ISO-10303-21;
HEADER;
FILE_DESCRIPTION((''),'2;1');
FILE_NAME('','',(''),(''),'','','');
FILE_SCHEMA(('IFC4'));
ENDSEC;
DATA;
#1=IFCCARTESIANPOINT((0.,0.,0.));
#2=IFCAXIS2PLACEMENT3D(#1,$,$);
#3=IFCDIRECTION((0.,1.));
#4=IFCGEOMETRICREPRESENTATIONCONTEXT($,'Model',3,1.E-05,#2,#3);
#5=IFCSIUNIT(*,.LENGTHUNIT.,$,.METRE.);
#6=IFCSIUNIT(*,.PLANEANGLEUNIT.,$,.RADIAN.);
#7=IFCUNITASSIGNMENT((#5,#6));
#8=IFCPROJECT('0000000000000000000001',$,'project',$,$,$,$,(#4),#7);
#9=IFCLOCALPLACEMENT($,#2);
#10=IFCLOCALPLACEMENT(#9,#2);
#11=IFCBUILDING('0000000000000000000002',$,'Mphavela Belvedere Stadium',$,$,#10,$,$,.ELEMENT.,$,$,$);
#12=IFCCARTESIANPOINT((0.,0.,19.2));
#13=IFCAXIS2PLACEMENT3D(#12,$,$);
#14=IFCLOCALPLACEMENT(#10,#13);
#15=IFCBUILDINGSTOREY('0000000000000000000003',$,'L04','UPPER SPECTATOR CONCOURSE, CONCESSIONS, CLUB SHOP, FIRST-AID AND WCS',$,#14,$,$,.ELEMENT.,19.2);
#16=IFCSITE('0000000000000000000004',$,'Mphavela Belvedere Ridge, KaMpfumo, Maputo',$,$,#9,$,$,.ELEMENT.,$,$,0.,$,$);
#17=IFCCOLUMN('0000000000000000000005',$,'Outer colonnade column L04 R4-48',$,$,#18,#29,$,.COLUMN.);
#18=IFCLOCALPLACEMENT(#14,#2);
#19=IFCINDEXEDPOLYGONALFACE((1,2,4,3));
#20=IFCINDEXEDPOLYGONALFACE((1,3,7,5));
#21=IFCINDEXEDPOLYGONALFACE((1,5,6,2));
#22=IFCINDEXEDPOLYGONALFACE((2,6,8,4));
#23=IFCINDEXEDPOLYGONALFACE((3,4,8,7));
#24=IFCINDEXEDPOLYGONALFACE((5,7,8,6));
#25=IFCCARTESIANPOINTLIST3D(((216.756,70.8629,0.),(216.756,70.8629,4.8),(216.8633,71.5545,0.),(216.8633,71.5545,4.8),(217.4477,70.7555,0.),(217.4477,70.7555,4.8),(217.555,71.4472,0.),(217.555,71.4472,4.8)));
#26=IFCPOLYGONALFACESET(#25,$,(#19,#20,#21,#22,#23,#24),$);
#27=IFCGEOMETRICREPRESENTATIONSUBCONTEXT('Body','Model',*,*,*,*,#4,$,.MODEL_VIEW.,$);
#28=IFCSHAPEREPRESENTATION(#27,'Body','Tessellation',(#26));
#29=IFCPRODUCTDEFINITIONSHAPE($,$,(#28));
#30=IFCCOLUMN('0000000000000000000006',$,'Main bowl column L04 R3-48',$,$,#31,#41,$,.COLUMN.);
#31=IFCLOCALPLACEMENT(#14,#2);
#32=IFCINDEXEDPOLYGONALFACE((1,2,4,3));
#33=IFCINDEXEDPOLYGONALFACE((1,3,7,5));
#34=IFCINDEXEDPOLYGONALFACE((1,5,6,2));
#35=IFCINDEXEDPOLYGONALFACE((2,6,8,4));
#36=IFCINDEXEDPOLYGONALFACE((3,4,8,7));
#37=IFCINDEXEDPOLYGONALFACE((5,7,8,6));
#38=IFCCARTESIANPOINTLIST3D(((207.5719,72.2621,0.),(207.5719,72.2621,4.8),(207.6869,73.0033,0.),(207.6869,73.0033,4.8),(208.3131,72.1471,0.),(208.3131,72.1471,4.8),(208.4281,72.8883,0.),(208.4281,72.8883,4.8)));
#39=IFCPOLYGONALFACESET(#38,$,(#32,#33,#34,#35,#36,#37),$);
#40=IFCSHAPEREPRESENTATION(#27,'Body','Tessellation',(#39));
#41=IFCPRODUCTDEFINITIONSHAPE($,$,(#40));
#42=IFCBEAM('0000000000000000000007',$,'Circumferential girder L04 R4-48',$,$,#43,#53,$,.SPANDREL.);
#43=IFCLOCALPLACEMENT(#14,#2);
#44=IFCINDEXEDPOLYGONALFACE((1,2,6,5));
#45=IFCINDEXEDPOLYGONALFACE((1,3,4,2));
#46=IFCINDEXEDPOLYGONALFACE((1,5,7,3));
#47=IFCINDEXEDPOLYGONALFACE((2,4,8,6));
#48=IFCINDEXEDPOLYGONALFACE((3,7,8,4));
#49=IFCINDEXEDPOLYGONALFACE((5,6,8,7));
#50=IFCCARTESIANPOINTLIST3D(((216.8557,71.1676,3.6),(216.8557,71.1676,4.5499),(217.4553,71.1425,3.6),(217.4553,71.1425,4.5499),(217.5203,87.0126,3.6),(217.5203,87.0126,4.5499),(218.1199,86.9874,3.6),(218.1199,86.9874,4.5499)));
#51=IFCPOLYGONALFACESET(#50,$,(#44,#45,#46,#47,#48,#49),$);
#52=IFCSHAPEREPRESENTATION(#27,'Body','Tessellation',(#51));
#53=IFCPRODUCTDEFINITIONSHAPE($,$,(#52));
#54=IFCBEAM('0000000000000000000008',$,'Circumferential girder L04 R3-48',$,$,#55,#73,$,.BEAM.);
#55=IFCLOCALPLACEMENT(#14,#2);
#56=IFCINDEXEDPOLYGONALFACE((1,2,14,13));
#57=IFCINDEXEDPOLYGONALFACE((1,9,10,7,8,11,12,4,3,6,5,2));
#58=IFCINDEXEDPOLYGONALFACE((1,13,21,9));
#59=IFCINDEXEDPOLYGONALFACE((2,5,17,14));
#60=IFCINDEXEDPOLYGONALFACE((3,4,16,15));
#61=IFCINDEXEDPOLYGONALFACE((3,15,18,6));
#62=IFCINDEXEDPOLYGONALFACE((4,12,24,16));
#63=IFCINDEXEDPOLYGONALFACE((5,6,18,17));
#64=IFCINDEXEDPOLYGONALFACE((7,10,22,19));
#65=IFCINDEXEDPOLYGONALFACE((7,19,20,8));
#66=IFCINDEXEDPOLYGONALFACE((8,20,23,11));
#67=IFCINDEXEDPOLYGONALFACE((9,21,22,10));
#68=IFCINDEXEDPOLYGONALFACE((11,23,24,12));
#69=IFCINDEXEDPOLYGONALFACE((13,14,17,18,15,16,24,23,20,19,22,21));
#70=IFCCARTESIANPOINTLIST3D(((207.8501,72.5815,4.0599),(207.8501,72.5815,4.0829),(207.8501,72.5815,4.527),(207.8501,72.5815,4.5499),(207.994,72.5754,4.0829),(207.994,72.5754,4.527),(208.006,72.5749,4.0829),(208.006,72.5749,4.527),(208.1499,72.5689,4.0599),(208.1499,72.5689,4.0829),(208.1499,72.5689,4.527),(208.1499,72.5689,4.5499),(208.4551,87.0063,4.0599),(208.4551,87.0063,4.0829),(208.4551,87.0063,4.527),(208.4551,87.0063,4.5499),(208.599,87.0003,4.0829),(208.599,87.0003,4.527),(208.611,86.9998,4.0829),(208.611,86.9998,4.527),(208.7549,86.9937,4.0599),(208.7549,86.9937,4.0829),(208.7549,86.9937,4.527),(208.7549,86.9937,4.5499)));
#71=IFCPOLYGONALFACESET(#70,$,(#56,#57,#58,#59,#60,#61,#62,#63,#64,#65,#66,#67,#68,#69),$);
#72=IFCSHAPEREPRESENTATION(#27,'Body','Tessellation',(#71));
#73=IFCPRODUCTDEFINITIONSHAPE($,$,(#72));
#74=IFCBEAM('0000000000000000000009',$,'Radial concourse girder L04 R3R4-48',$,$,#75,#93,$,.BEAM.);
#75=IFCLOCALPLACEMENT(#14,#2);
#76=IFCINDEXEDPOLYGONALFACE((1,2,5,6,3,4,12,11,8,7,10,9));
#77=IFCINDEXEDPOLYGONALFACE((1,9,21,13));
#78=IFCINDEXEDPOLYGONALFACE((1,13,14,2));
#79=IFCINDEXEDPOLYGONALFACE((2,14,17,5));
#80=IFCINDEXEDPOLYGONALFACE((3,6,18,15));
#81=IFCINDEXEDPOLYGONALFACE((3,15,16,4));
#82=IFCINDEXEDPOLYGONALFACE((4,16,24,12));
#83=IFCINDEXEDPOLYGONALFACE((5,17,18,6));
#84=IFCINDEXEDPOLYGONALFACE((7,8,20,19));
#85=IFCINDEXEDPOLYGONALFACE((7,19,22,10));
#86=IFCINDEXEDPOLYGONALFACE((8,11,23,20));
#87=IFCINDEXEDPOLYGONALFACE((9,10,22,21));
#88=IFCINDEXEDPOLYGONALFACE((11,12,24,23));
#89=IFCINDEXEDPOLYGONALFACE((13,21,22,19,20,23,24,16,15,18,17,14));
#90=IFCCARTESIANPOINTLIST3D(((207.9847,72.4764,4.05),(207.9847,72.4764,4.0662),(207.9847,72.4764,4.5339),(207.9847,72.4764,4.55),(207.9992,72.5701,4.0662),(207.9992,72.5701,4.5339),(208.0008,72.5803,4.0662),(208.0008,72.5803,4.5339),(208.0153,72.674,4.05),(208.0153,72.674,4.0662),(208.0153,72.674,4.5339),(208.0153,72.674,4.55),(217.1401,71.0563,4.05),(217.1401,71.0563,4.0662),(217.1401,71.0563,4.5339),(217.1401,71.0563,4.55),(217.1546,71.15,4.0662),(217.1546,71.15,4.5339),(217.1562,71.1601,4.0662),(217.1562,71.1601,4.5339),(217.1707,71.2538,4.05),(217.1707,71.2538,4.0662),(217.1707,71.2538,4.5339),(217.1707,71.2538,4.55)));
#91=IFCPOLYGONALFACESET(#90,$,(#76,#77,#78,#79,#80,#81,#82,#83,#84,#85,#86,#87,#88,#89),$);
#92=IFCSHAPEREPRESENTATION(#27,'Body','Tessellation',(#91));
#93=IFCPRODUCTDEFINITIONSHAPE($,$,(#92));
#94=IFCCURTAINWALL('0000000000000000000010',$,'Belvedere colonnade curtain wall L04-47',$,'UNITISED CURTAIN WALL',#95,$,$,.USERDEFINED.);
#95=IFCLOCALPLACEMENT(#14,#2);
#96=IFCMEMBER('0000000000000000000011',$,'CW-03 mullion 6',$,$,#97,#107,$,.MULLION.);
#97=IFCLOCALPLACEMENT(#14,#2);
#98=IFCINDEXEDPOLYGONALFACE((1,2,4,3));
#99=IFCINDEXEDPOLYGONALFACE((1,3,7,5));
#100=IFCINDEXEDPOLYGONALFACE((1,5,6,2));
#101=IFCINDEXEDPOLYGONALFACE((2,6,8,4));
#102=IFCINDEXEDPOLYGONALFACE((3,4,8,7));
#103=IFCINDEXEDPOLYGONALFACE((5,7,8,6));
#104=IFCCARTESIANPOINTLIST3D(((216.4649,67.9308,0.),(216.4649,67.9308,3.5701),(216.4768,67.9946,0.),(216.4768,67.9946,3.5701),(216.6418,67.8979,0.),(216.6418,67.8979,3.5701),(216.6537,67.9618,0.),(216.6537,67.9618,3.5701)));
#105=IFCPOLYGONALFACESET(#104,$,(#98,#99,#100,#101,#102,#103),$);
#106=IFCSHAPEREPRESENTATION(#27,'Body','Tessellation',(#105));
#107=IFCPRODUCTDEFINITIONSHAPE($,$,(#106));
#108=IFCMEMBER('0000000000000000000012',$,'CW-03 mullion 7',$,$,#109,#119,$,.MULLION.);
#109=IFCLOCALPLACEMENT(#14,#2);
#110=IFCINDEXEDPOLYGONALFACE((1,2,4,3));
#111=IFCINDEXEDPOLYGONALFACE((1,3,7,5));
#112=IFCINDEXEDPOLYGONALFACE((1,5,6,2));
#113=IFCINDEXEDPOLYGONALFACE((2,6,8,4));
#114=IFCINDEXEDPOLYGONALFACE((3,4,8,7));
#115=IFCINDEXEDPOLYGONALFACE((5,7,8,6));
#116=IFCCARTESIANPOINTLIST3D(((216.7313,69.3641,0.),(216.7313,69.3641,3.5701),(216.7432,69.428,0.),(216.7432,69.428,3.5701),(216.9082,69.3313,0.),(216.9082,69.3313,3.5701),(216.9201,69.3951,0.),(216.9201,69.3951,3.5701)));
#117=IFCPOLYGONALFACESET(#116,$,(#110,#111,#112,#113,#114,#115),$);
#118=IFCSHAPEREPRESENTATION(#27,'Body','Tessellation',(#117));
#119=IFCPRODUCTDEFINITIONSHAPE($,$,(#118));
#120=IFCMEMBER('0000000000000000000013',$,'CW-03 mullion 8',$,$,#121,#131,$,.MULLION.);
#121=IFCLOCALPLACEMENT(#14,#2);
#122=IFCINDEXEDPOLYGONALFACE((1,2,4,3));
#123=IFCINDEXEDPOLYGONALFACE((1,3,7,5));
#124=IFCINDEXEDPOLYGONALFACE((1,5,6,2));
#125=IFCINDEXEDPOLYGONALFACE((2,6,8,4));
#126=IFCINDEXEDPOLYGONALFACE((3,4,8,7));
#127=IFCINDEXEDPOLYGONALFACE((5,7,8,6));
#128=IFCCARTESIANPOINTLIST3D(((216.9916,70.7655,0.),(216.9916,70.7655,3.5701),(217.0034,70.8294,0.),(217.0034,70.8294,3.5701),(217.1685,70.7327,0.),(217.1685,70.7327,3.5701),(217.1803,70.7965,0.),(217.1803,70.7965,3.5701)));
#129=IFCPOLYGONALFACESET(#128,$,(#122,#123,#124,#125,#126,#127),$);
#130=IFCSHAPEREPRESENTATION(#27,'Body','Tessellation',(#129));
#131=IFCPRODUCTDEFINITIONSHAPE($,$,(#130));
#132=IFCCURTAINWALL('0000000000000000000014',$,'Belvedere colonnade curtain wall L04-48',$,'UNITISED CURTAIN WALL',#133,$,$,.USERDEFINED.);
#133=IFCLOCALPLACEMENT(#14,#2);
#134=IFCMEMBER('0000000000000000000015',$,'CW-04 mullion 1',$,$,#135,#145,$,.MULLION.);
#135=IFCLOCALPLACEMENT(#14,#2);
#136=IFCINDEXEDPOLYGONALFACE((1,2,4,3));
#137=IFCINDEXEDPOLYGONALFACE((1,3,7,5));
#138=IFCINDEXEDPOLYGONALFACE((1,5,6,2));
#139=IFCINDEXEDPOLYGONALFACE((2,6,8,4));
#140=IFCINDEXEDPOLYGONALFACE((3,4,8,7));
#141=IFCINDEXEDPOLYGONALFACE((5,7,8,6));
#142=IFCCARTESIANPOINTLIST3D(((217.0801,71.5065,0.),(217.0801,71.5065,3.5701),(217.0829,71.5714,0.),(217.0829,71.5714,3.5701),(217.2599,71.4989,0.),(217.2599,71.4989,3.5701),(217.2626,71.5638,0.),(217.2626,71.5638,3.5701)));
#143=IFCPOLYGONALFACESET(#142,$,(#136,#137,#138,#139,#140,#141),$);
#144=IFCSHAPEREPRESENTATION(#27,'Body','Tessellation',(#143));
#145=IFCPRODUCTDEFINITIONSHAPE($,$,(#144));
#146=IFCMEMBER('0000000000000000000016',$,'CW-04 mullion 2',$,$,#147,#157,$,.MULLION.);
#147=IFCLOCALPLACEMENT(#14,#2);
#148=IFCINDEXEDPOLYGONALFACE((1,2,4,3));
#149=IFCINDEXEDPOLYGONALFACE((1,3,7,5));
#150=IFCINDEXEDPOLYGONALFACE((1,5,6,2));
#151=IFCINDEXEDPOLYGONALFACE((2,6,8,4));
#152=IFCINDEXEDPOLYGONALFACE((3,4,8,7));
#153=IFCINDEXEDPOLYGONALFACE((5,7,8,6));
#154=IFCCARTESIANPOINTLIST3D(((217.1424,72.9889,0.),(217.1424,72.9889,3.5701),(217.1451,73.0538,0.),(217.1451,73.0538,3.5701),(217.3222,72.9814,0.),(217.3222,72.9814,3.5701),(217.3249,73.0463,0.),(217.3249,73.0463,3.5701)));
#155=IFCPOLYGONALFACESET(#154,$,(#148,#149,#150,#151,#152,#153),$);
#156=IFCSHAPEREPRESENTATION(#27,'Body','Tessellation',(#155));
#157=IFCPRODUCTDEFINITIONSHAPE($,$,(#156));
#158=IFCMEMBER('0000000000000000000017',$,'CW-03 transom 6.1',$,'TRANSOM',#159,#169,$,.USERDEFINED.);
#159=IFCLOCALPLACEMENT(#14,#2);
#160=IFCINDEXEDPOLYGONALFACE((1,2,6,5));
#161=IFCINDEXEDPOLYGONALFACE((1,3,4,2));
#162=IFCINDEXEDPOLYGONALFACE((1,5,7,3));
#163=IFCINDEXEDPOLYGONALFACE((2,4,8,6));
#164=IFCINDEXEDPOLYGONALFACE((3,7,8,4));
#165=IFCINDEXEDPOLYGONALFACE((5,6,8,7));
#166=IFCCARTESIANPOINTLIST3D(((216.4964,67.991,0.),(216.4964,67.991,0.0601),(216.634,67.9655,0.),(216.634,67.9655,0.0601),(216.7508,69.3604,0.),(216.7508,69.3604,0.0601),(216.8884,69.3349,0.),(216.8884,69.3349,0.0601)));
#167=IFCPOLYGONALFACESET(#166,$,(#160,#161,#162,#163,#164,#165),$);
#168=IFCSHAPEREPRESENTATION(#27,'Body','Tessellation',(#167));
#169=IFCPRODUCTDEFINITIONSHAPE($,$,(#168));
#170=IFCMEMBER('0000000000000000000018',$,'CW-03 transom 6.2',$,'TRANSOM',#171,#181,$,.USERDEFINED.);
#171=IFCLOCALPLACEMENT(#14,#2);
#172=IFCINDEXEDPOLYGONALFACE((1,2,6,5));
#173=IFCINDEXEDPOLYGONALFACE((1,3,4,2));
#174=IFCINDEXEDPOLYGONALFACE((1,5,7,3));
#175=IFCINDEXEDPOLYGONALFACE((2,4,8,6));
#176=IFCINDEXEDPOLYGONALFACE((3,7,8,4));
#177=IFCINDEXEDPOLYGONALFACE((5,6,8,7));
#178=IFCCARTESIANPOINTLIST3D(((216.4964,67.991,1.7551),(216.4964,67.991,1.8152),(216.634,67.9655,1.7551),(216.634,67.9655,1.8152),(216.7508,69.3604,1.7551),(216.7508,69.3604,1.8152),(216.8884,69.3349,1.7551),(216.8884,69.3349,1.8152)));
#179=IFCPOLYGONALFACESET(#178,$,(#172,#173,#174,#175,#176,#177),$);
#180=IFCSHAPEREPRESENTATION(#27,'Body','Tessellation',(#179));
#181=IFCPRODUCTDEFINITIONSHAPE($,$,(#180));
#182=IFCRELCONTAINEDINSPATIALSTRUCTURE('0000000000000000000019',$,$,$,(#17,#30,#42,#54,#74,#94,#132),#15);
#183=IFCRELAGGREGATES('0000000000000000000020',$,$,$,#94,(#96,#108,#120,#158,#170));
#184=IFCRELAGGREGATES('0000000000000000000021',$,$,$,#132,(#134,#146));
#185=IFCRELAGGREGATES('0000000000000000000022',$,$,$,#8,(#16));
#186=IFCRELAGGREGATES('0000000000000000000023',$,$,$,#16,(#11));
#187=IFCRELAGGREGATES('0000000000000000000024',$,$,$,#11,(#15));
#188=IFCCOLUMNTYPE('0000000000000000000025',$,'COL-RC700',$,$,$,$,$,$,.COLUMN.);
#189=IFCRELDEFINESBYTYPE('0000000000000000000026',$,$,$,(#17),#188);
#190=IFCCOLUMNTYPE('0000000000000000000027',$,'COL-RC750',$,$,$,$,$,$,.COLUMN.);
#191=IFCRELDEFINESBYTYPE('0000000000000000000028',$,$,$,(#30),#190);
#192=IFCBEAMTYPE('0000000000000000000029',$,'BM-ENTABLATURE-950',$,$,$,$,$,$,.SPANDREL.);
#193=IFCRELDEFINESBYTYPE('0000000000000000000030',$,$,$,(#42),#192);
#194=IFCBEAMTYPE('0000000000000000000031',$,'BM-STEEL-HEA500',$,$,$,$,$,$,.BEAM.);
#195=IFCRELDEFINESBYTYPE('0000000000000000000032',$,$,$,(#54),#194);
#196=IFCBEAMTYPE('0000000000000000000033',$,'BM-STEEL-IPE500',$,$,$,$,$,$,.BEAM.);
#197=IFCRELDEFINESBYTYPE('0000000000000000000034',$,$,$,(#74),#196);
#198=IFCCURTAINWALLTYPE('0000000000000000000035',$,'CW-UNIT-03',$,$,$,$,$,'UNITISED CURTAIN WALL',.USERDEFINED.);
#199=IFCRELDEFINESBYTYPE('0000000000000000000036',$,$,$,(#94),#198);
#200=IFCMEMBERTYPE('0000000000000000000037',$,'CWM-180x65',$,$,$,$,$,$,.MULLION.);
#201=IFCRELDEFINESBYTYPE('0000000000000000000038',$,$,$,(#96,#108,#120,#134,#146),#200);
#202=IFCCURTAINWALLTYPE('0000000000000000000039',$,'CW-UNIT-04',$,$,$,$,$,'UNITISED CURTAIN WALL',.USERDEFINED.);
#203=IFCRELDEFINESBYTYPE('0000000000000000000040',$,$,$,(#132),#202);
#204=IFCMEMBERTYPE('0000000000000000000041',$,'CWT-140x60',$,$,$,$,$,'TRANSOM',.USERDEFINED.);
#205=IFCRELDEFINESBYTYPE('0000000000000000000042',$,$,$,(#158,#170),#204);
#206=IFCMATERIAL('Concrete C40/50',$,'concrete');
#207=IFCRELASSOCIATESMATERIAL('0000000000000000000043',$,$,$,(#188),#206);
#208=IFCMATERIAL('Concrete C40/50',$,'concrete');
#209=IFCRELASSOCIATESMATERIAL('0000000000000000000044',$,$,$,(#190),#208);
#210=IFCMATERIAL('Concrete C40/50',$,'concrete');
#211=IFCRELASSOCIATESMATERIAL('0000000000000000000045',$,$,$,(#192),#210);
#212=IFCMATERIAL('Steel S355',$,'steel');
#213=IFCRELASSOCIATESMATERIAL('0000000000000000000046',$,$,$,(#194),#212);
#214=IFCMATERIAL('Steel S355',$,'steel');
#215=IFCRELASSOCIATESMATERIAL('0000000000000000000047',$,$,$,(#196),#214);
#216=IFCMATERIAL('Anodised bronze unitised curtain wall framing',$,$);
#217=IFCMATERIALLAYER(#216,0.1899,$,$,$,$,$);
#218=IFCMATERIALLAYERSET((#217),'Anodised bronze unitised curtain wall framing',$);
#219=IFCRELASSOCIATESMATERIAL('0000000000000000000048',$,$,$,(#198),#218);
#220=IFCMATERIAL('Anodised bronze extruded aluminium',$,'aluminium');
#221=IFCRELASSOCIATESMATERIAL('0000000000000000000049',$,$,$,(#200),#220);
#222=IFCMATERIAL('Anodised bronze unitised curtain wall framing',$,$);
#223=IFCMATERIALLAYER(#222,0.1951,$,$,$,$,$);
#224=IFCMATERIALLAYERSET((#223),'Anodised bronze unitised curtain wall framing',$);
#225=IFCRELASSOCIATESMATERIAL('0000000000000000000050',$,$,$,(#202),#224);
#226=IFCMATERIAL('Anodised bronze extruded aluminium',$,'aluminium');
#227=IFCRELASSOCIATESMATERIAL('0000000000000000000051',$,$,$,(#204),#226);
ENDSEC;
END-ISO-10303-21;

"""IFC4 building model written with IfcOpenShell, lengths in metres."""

from ifc_helpers import new_model, si_unit, direction, frame, origin, origin_2d, place, context, subcontext, project, spatial, rectangle, i_section, extrude, material, layer, layer_set, material_profile, profile_set, type_object, element, aggregate, save


model = new_model("IFC4")

# Units and contexts
model_context = context("Model", 3, precision=1e-05, world=origin(), true_north=direction((0.0, 1.0)))
body_context = subcontext(model_context, "Body", "Model", "MODEL_VIEW")
ifc_project = project(units=[si_unit("LENGTHUNIT", "METRE"), si_unit("PLANEANGLEUNIT", "RADIAN")], contexts=[model_context])

# Site, building, storey
site_placement = place(None, origin())
site = spatial("IfcSite", under=ifc_project, at=site_placement, Name="Mphavela Belvedere Ridge, KaMpfumo, Maputo", CompositionType="ELEMENT", RefElevation=0.0)
building_placement = place(site_placement, origin())
building = spatial("IfcBuilding", under=site, at=building_placement, Name="Mphavela Belvedere Stadium", CompositionType="ELEMENT")
storey_placement = place(building_placement, frame((0.0, 0.0, 19.2)))
storey = spatial("IfcBuildingStorey", under=building, at=storey_placement, Name="L04", Description="UPPER SPECTATOR CONCOURSE, CONCESSIONS, CLUB SHOP, FIRST-AID AND WCS", CompositionType="ELEMENT", Elevation=19.2)

# Columns
ifc_material_1 = material(Name="Concrete C40/50", Category="concrete")
ifc_material_profile_1 = material_profile(ifc_material_1, rectangle(XDim=0.7, YDim=0.7, at=origin_2d()), Name="RC 700x700")
ifc_profile_set_1 = profile_set([ifc_material_profile_1], Name="Concrete C40/50")
column_type_1 = type_object("IfcColumnType", Name="COL-RC700", PredefinedType="COLUMN", material=ifc_profile_set_1)
column_1_placement = place(storey_placement, frame((217.1555, 71.155, 0.0), z_axis=(0.0, 0.0, 1.0), x_axis=(0.988175, -0.153331, 0.0)))
element("IfcColumn", 1, at=column_1_placement, inside=storey, type_object=column_type_1, Name="Outer colonnade column L04 R4-48", PredefinedType="COLUMN", context=body_context, shape_type="SweptSolid", body=[
    extrude(rectangle(XDim=0.7, YDim=0.7, at=origin_2d()), origin(), (0.0, 0.0, 1.0), 4.8),
])
ifc_material_2 = material(Name="Concrete C40/50", Category="concrete")
ifc_material_profile_2 = material_profile(ifc_material_2, rectangle(XDim=0.75, YDim=0.75, at=origin_2d()), Name="RC 750x750")
ifc_profile_set_2 = profile_set([ifc_material_profile_2], Name="Concrete C40/50")
column_type_2 = type_object("IfcColumnType", Name="COL-RC750", PredefinedType="COLUMN", material=ifc_profile_set_2)
column_2_placement = place(storey_placement, frame((208.0, 72.5752, 0.0), z_axis=(0.0, 0.0, 1.0), x_axis=(0.988175, -0.153331, 0.0)))
element("IfcColumn", 2, at=column_2_placement, inside=storey, type_object=column_type_2, Name="Main bowl column L04 R3-48", PredefinedType="COLUMN", context=body_context, shape_type="SweptSolid", body=[
    extrude(rectangle(XDim=0.75, YDim=0.75, at=origin_2d()), origin(), (0.0, 0.0, 1.0), 4.8),
])

# Beams
ifc_material_3 = material(Name="Concrete C40/50", Category="concrete")
ifc_material_profile_3 = material_profile(ifc_material_3, rectangle(XDim=0.6001, YDim=0.95, at=origin_2d()), Name="RC 600x950")
ifc_profile_set_3 = profile_set([ifc_material_profile_3], Name="Concrete C40/50")
beam_type_1 = type_object("IfcBeamType", Name="BM-ENTABLATURE-950", PredefinedType="SPANDREL", material=ifc_profile_set_3)
beam_1_placement = place(storey_placement, frame((217.1555, 71.155, 4.075), z_axis=(0.041904, 0.999122, 0.0), x_axis=(-0.999122, 0.041904, 0.0)))
element("IfcBeam", 3, at=beam_1_placement, inside=storey, type_object=beam_type_1, Name="Circumferential girder L04 R4-48", PredefinedType="SPANDREL", context=body_context, shape_type="SweptSolid", body=[
    extrude(rectangle(XDim=0.6001, YDim=0.95, at=origin_2d()), origin(), (0.0, 0.0, 1.0), 15.8589),
])
ifc_material_4 = material(Name="Steel S355", Category="steel")
ifc_material_profile_4 = material_profile(ifc_material_4, i_section(OverallWidth=0.3, OverallDepth=0.49, WebThickness=0.012, FlangeThickness=0.0229, at=origin_2d()), Name="HEA 500")
ifc_profile_set_4 = profile_set([ifc_material_profile_4], Name="Steel S355")
beam_type_2 = type_object("IfcBeamType", Name="BM-STEEL-HEA500", PredefinedType="BEAM", material=ifc_profile_set_4)
beam_2_placement = place(storey_placement, frame((208.0, 72.5752, 4.3049), z_axis=(0.041903, 0.999122, 0.0), x_axis=(-0.999122, 0.041903, 0.0)))
element("IfcBeam", 4, at=beam_2_placement, inside=storey, type_object=beam_type_2, Name="Circumferential girder L04 R3-48", PredefinedType="BEAM", context=body_context, shape_type="SweptSolid", body=[
    extrude(i_section(OverallWidth=0.3, OverallDepth=0.49, WebThickness=0.012, FlangeThickness=0.0229, at=origin_2d()), origin(), (0.0, 0.0, 1.0), 14.4375),
])
ifc_material_5 = material(Name="Steel S355", Category="steel")
ifc_material_profile_5 = material_profile(ifc_material_5, i_section(OverallWidth=0.2, OverallDepth=0.5, WebThickness=0.0103, FlangeThickness=0.0161, at=origin_2d()), Name="IPE 500")
ifc_profile_set_5 = profile_set([ifc_material_profile_5], Name="Steel S355")
beam_type_3 = type_object("IfcBeamType", Name="BM-STEEL-IPE500", PredefinedType="BEAM", material=ifc_profile_set_5)
beam_3_placement = place(storey_placement, frame((208.0, 72.5752, 4.3), z_axis=(0.988182, -0.153283, 0.0), x_axis=(0.153283, 0.988182, 0.0)))
element("IfcBeam", 5, at=beam_3_placement, inside=storey, type_object=beam_type_3, Name="Radial concourse girder L04 R3R4-48", PredefinedType="BEAM", context=body_context, shape_type="SweptSolid", body=[
    extrude(i_section(OverallWidth=0.2, OverallDepth=0.5, WebThickness=0.0103, FlangeThickness=0.0161, at=origin_2d()), origin(), (0.0, 0.0, 1.0), 9.2649),
])

# Curtain walls, members
ifc_material_6 = material(Name="Anodised bronze unitised curtain wall framing")
ifc_layer_1 = layer(ifc_material_6, 0.1899)
ifc_layer_set_1 = layer_set([ifc_layer_1], Name="Anodised bronze unitised curtain wall framing")
curtain_wall_type_1 = type_object("IfcCurtainWallType", Name="CW-UNIT-03", ElementType="UNITISED CURTAIN WALL", PredefinedType="USERDEFINED", material=ifc_layer_set_1)
curtain_wall_1_placement = place(storey_placement, origin())
curtain_wall_1 = element("IfcCurtainWall", 6, at=curtain_wall_1_placement, inside=storey, type_object=curtain_wall_type_1, Name="Belvedere colonnade curtain wall L04-47", ObjectType="UNITISED CURTAIN WALL", PredefinedType="USERDEFINED")
ifc_material_7 = material(Name="Anodised bronze extruded aluminium", Category="aluminium")
ifc_material_profile_6 = material_profile(ifc_material_7, rectangle(XDim=0.1799, YDim=0.0649, at=origin_2d()), Name="CW-MUL 180x65")
ifc_profile_set_6 = profile_set([ifc_material_profile_6], Name="Anodised bronze extruded aluminium")
member_type_1 = type_object("IfcMemberType", Name="CWM-180x65", PredefinedType="MULLION", material=ifc_profile_set_6)
member_1_placement = place(storey_placement, frame((216.5593, 67.9463, 0.0), z_axis=(0.0, 0.0, 1.0), x_axis=(-0.983184, 0.182618, 0.0)))
member_1 = element("IfcMember", 7, at=member_1_placement, type_object=member_type_1, Name="CW-03 mullion 6", PredefinedType="MULLION", context=body_context, shape_type="SweptSolid", body=[
    extrude(rectangle(XDim=0.1799, YDim=0.0649, at=origin_2d()), origin(), (0.0, 0.0, 1.0), 3.5701),
])
member_2_placement = place(storey_placement, frame((216.8257, 69.3796, 0.0), z_axis=(0.0, 0.0, 1.0), x_axis=(-0.983184, 0.182618, 0.0)))
member_2 = element("IfcMember", 8, at=member_2_placement, type_object=member_type_1, Name="CW-03 mullion 7", PredefinedType="MULLION", context=body_context, shape_type="SweptSolid", body=[
    extrude(rectangle(XDim=0.1799, YDim=0.0649, at=origin_2d()), origin(), (0.0, 0.0, 1.0), 3.5701),
])
member_3_placement = place(storey_placement, frame((217.0859, 70.781, 0.0), z_axis=(0.0, 0.0, 1.0), x_axis=(-0.983184, 0.182618, 0.0)))
member_3 = element("IfcMember", 9, at=member_3_placement, type_object=member_type_1, Name="CW-03 mullion 8", PredefinedType="MULLION", context=body_context, shape_type="SweptSolid", body=[
    extrude(rectangle(XDim=0.1799, YDim=0.0649, at=origin_2d()), origin(), (0.0, 0.0, 1.0), 3.5701),
])
ifc_material_8 = material(Name="Anodised bronze unitised curtain wall framing")
ifc_layer_2 = layer(ifc_material_8, 0.1951)
ifc_layer_set_2 = layer_set([ifc_layer_2], Name="Anodised bronze unitised curtain wall framing")
curtain_wall_type_2 = type_object("IfcCurtainWallType", Name="CW-UNIT-04", ElementType="UNITISED CURTAIN WALL", PredefinedType="USERDEFINED", material=ifc_layer_set_2)
curtain_wall_2_placement = place(storey_placement, origin())
curtain_wall_2 = element("IfcCurtainWall", 10, at=curtain_wall_2_placement, inside=storey, type_object=curtain_wall_type_2, Name="Belvedere colonnade curtain wall L04-48", ObjectType="UNITISED CURTAIN WALL", PredefinedType="USERDEFINED")
member_4_placement = place(storey_placement, frame((217.1714, 71.5352, 0.0), z_axis=(0.0, 0.0, 1.0), x_axis=(-0.999122, 0.041905, 0.0)))
member_4 = element("IfcMember", 11, at=member_4_placement, type_object=member_type_1, Name="CW-04 mullion 1", PredefinedType="MULLION", context=body_context, shape_type="SweptSolid", body=[
    extrude(rectangle(XDim=0.1799, YDim=0.0649, at=origin_2d()), origin(), (0.0, 0.0, 1.0), 3.5701),
])
member_5_placement = place(storey_placement, frame((217.2336, 73.0176, 0.0), z_axis=(0.0, 0.0, 1.0), x_axis=(-0.999122, 0.041905, 0.0)))
member_5 = element("IfcMember", 12, at=member_5_placement, type_object=member_type_1, Name="CW-04 mullion 2", PredefinedType="MULLION", context=body_context, shape_type="SweptSolid", body=[
    extrude(rectangle(XDim=0.1799, YDim=0.0649, at=origin_2d()), origin(), (0.0, 0.0, 1.0), 3.5701),
])

# Members
ifc_material_9 = material(Name="Anodised bronze extruded aluminium", Category="aluminium")
ifc_material_profile_7 = material_profile(ifc_material_9, rectangle(XDim=0.1399, YDim=0.0601, at=origin_2d()), Name="CW-TRN 140x60")
ifc_profile_set_7 = profile_set([ifc_material_profile_7], Name="Anodised bronze extruded aluminium")
member_type_2 = type_object("IfcMemberType", Name="CWT-140x60", ElementType="TRANSOM", PredefinedType="USERDEFINED", material=ifc_profile_set_7)
member_6_placement = place(storey_placement, frame((216.5652, 67.9783, 0.03), z_axis=(0.182648, 0.983178, 0.0), x_axis=(-0.983178, 0.182648, 0.0)))
member_6 = element("IfcMember", 13, at=member_6_placement, type_object=member_type_2, Name="CW-03 transom 6.1", ObjectType="TRANSOM", PredefinedType="USERDEFINED", context=body_context, shape_type="SweptSolid", body=[
    extrude(rectangle(XDim=0.1399, YDim=0.0601, at=origin_2d()), origin(), (0.0, 0.0, 1.0), 1.3928),
])
member_7_placement = place(storey_placement, frame((216.5652, 67.9783, 1.7852), z_axis=(0.182648, 0.983178, 0.0), x_axis=(-0.983178, 0.182648, 0.0)))
member_7 = element("IfcMember", 14, at=member_7_placement, type_object=member_type_2, Name="CW-03 transom 6.2", ObjectType="TRANSOM", PredefinedType="USERDEFINED", context=body_context, shape_type="SweptSolid", body=[
    extrude(rectangle(XDim=0.1399, YDim=0.0601, at=origin_2d()), origin(), (0.0, 0.0, 1.0), 1.3928),
])

aggregate(curtain_wall_1, [member_1, member_2, member_3, member_6, member_7])
aggregate(curtain_wall_2, [member_4, member_5])

save(model, "model.ifc")
